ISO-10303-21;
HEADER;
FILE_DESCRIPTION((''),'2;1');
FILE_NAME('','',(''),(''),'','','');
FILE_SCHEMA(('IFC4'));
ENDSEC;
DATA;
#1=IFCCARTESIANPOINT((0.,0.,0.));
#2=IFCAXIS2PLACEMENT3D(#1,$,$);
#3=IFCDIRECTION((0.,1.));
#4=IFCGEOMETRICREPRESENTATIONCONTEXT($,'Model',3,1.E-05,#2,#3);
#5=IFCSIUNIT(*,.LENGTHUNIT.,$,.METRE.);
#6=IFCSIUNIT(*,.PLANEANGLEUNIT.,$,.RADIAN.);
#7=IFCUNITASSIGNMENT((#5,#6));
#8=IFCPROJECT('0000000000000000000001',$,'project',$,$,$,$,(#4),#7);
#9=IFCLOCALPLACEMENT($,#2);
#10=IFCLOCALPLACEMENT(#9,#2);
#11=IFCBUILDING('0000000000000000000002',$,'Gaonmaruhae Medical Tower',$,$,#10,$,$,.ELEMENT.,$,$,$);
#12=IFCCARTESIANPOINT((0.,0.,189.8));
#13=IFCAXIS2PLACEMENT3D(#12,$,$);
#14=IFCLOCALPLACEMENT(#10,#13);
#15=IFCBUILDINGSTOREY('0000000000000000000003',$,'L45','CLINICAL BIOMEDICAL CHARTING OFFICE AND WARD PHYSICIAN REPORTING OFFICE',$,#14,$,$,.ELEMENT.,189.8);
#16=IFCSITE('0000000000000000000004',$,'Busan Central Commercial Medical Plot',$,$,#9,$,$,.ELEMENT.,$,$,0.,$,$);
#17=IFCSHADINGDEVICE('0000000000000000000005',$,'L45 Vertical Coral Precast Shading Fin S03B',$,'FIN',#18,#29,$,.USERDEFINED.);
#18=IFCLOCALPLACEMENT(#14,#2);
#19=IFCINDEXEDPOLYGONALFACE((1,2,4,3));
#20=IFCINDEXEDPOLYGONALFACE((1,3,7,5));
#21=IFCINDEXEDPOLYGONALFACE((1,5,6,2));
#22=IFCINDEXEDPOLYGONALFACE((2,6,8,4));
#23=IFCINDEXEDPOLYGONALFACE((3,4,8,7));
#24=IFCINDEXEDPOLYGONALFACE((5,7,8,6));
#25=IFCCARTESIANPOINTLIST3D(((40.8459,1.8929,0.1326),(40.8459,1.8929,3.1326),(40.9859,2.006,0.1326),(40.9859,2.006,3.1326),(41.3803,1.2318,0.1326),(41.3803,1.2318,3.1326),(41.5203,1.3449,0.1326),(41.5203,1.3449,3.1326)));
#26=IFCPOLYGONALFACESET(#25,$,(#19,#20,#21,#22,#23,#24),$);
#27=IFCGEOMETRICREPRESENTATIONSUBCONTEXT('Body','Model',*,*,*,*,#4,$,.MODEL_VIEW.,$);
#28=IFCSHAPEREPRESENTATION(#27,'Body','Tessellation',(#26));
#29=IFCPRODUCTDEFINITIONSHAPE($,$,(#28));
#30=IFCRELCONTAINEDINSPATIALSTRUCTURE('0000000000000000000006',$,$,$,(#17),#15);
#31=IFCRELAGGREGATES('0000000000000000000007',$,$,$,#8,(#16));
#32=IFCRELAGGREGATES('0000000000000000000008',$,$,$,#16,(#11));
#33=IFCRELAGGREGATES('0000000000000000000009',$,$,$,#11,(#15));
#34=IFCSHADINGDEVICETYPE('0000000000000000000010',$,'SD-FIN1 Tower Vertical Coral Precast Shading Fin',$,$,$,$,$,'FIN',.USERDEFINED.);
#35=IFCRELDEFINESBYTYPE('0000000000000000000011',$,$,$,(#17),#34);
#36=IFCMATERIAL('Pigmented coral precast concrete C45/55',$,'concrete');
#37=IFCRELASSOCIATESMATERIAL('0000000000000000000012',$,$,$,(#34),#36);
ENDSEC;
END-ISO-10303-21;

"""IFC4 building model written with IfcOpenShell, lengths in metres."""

from ifc_helpers import new_model, si_unit, direction, frame, origin, origin_2d, place, context, subcontext, project, spatial, rectangle, extrude, material, type_object, element, save


model = new_model("IFC4")

# Units and contexts
model_context = context("Model", 3, precision=1e-05, world=origin(), true_north=direction((0.0, 1.0)))
body_context = subcontext(model_context, "Body", "Model", "MODEL_VIEW")
ifc_project = project(units=[si_unit("LENGTHUNIT", "METRE"), si_unit("PLANEANGLEUNIT", "RADIAN")], contexts=[model_context])

# Site, building, storey
site_placement = place(None, origin())
site = spatial("IfcSite", under=ifc_project, at=site_placement, Name="Busan Central Commercial Medical Plot", CompositionType="ELEMENT", RefElevation=0.0)
building_placement = place(site_placement, origin())
building = spatial("IfcBuilding", under=site, at=building_placement, Name="Gaonmaruhae Medical Tower", CompositionType="ELEMENT")
storey_placement = place(building_placement, frame((0.0, 0.0, 189.8)))
storey = spatial("IfcBuildingStorey", under=building, at=storey_placement, Name="L45", Description="CLINICAL BIOMEDICAL CHARTING OFFICE AND WARD PHYSICIAN REPORTING OFFICE", CompositionType="ELEMENT", Elevation=189.8)

# Shading device
ifc_material_1 = material(Name="Pigmented coral precast concrete C45/55", Category="concrete")
shading_device_type = type_object("IfcShadingDeviceType", Name="SD-FIN1 Tower Vertical Coral Precast Shading Fin", ElementType="FIN", PredefinedType="USERDEFINED", material=ifc_material_1)
for number, where, z_axis, x_axis, name in (
    (1, (41.1831, 1.6189, 0.1326), (0.0, 0.0, 1.0), (-0.777695, -0.628642, 0.0), "L45 Vertical Coral Precast Shading Fin S03B"),
):
    element("IfcShadingDevice", number, at=place(storey_placement, frame(where, z_axis=z_axis, x_axis=x_axis)), inside=storey, type_object=shading_device_type, Name=name, ObjectType="FIN", PredefinedType="USERDEFINED", context=body_context, shape_type="SweptSolid", body=[
        extrude(rectangle(XDim=0.1799, YDim=0.8501, at=origin_2d()), origin(), (0.0, 0.0, 1.0), 3.0),
    ])

save(model, "model.ifc")
